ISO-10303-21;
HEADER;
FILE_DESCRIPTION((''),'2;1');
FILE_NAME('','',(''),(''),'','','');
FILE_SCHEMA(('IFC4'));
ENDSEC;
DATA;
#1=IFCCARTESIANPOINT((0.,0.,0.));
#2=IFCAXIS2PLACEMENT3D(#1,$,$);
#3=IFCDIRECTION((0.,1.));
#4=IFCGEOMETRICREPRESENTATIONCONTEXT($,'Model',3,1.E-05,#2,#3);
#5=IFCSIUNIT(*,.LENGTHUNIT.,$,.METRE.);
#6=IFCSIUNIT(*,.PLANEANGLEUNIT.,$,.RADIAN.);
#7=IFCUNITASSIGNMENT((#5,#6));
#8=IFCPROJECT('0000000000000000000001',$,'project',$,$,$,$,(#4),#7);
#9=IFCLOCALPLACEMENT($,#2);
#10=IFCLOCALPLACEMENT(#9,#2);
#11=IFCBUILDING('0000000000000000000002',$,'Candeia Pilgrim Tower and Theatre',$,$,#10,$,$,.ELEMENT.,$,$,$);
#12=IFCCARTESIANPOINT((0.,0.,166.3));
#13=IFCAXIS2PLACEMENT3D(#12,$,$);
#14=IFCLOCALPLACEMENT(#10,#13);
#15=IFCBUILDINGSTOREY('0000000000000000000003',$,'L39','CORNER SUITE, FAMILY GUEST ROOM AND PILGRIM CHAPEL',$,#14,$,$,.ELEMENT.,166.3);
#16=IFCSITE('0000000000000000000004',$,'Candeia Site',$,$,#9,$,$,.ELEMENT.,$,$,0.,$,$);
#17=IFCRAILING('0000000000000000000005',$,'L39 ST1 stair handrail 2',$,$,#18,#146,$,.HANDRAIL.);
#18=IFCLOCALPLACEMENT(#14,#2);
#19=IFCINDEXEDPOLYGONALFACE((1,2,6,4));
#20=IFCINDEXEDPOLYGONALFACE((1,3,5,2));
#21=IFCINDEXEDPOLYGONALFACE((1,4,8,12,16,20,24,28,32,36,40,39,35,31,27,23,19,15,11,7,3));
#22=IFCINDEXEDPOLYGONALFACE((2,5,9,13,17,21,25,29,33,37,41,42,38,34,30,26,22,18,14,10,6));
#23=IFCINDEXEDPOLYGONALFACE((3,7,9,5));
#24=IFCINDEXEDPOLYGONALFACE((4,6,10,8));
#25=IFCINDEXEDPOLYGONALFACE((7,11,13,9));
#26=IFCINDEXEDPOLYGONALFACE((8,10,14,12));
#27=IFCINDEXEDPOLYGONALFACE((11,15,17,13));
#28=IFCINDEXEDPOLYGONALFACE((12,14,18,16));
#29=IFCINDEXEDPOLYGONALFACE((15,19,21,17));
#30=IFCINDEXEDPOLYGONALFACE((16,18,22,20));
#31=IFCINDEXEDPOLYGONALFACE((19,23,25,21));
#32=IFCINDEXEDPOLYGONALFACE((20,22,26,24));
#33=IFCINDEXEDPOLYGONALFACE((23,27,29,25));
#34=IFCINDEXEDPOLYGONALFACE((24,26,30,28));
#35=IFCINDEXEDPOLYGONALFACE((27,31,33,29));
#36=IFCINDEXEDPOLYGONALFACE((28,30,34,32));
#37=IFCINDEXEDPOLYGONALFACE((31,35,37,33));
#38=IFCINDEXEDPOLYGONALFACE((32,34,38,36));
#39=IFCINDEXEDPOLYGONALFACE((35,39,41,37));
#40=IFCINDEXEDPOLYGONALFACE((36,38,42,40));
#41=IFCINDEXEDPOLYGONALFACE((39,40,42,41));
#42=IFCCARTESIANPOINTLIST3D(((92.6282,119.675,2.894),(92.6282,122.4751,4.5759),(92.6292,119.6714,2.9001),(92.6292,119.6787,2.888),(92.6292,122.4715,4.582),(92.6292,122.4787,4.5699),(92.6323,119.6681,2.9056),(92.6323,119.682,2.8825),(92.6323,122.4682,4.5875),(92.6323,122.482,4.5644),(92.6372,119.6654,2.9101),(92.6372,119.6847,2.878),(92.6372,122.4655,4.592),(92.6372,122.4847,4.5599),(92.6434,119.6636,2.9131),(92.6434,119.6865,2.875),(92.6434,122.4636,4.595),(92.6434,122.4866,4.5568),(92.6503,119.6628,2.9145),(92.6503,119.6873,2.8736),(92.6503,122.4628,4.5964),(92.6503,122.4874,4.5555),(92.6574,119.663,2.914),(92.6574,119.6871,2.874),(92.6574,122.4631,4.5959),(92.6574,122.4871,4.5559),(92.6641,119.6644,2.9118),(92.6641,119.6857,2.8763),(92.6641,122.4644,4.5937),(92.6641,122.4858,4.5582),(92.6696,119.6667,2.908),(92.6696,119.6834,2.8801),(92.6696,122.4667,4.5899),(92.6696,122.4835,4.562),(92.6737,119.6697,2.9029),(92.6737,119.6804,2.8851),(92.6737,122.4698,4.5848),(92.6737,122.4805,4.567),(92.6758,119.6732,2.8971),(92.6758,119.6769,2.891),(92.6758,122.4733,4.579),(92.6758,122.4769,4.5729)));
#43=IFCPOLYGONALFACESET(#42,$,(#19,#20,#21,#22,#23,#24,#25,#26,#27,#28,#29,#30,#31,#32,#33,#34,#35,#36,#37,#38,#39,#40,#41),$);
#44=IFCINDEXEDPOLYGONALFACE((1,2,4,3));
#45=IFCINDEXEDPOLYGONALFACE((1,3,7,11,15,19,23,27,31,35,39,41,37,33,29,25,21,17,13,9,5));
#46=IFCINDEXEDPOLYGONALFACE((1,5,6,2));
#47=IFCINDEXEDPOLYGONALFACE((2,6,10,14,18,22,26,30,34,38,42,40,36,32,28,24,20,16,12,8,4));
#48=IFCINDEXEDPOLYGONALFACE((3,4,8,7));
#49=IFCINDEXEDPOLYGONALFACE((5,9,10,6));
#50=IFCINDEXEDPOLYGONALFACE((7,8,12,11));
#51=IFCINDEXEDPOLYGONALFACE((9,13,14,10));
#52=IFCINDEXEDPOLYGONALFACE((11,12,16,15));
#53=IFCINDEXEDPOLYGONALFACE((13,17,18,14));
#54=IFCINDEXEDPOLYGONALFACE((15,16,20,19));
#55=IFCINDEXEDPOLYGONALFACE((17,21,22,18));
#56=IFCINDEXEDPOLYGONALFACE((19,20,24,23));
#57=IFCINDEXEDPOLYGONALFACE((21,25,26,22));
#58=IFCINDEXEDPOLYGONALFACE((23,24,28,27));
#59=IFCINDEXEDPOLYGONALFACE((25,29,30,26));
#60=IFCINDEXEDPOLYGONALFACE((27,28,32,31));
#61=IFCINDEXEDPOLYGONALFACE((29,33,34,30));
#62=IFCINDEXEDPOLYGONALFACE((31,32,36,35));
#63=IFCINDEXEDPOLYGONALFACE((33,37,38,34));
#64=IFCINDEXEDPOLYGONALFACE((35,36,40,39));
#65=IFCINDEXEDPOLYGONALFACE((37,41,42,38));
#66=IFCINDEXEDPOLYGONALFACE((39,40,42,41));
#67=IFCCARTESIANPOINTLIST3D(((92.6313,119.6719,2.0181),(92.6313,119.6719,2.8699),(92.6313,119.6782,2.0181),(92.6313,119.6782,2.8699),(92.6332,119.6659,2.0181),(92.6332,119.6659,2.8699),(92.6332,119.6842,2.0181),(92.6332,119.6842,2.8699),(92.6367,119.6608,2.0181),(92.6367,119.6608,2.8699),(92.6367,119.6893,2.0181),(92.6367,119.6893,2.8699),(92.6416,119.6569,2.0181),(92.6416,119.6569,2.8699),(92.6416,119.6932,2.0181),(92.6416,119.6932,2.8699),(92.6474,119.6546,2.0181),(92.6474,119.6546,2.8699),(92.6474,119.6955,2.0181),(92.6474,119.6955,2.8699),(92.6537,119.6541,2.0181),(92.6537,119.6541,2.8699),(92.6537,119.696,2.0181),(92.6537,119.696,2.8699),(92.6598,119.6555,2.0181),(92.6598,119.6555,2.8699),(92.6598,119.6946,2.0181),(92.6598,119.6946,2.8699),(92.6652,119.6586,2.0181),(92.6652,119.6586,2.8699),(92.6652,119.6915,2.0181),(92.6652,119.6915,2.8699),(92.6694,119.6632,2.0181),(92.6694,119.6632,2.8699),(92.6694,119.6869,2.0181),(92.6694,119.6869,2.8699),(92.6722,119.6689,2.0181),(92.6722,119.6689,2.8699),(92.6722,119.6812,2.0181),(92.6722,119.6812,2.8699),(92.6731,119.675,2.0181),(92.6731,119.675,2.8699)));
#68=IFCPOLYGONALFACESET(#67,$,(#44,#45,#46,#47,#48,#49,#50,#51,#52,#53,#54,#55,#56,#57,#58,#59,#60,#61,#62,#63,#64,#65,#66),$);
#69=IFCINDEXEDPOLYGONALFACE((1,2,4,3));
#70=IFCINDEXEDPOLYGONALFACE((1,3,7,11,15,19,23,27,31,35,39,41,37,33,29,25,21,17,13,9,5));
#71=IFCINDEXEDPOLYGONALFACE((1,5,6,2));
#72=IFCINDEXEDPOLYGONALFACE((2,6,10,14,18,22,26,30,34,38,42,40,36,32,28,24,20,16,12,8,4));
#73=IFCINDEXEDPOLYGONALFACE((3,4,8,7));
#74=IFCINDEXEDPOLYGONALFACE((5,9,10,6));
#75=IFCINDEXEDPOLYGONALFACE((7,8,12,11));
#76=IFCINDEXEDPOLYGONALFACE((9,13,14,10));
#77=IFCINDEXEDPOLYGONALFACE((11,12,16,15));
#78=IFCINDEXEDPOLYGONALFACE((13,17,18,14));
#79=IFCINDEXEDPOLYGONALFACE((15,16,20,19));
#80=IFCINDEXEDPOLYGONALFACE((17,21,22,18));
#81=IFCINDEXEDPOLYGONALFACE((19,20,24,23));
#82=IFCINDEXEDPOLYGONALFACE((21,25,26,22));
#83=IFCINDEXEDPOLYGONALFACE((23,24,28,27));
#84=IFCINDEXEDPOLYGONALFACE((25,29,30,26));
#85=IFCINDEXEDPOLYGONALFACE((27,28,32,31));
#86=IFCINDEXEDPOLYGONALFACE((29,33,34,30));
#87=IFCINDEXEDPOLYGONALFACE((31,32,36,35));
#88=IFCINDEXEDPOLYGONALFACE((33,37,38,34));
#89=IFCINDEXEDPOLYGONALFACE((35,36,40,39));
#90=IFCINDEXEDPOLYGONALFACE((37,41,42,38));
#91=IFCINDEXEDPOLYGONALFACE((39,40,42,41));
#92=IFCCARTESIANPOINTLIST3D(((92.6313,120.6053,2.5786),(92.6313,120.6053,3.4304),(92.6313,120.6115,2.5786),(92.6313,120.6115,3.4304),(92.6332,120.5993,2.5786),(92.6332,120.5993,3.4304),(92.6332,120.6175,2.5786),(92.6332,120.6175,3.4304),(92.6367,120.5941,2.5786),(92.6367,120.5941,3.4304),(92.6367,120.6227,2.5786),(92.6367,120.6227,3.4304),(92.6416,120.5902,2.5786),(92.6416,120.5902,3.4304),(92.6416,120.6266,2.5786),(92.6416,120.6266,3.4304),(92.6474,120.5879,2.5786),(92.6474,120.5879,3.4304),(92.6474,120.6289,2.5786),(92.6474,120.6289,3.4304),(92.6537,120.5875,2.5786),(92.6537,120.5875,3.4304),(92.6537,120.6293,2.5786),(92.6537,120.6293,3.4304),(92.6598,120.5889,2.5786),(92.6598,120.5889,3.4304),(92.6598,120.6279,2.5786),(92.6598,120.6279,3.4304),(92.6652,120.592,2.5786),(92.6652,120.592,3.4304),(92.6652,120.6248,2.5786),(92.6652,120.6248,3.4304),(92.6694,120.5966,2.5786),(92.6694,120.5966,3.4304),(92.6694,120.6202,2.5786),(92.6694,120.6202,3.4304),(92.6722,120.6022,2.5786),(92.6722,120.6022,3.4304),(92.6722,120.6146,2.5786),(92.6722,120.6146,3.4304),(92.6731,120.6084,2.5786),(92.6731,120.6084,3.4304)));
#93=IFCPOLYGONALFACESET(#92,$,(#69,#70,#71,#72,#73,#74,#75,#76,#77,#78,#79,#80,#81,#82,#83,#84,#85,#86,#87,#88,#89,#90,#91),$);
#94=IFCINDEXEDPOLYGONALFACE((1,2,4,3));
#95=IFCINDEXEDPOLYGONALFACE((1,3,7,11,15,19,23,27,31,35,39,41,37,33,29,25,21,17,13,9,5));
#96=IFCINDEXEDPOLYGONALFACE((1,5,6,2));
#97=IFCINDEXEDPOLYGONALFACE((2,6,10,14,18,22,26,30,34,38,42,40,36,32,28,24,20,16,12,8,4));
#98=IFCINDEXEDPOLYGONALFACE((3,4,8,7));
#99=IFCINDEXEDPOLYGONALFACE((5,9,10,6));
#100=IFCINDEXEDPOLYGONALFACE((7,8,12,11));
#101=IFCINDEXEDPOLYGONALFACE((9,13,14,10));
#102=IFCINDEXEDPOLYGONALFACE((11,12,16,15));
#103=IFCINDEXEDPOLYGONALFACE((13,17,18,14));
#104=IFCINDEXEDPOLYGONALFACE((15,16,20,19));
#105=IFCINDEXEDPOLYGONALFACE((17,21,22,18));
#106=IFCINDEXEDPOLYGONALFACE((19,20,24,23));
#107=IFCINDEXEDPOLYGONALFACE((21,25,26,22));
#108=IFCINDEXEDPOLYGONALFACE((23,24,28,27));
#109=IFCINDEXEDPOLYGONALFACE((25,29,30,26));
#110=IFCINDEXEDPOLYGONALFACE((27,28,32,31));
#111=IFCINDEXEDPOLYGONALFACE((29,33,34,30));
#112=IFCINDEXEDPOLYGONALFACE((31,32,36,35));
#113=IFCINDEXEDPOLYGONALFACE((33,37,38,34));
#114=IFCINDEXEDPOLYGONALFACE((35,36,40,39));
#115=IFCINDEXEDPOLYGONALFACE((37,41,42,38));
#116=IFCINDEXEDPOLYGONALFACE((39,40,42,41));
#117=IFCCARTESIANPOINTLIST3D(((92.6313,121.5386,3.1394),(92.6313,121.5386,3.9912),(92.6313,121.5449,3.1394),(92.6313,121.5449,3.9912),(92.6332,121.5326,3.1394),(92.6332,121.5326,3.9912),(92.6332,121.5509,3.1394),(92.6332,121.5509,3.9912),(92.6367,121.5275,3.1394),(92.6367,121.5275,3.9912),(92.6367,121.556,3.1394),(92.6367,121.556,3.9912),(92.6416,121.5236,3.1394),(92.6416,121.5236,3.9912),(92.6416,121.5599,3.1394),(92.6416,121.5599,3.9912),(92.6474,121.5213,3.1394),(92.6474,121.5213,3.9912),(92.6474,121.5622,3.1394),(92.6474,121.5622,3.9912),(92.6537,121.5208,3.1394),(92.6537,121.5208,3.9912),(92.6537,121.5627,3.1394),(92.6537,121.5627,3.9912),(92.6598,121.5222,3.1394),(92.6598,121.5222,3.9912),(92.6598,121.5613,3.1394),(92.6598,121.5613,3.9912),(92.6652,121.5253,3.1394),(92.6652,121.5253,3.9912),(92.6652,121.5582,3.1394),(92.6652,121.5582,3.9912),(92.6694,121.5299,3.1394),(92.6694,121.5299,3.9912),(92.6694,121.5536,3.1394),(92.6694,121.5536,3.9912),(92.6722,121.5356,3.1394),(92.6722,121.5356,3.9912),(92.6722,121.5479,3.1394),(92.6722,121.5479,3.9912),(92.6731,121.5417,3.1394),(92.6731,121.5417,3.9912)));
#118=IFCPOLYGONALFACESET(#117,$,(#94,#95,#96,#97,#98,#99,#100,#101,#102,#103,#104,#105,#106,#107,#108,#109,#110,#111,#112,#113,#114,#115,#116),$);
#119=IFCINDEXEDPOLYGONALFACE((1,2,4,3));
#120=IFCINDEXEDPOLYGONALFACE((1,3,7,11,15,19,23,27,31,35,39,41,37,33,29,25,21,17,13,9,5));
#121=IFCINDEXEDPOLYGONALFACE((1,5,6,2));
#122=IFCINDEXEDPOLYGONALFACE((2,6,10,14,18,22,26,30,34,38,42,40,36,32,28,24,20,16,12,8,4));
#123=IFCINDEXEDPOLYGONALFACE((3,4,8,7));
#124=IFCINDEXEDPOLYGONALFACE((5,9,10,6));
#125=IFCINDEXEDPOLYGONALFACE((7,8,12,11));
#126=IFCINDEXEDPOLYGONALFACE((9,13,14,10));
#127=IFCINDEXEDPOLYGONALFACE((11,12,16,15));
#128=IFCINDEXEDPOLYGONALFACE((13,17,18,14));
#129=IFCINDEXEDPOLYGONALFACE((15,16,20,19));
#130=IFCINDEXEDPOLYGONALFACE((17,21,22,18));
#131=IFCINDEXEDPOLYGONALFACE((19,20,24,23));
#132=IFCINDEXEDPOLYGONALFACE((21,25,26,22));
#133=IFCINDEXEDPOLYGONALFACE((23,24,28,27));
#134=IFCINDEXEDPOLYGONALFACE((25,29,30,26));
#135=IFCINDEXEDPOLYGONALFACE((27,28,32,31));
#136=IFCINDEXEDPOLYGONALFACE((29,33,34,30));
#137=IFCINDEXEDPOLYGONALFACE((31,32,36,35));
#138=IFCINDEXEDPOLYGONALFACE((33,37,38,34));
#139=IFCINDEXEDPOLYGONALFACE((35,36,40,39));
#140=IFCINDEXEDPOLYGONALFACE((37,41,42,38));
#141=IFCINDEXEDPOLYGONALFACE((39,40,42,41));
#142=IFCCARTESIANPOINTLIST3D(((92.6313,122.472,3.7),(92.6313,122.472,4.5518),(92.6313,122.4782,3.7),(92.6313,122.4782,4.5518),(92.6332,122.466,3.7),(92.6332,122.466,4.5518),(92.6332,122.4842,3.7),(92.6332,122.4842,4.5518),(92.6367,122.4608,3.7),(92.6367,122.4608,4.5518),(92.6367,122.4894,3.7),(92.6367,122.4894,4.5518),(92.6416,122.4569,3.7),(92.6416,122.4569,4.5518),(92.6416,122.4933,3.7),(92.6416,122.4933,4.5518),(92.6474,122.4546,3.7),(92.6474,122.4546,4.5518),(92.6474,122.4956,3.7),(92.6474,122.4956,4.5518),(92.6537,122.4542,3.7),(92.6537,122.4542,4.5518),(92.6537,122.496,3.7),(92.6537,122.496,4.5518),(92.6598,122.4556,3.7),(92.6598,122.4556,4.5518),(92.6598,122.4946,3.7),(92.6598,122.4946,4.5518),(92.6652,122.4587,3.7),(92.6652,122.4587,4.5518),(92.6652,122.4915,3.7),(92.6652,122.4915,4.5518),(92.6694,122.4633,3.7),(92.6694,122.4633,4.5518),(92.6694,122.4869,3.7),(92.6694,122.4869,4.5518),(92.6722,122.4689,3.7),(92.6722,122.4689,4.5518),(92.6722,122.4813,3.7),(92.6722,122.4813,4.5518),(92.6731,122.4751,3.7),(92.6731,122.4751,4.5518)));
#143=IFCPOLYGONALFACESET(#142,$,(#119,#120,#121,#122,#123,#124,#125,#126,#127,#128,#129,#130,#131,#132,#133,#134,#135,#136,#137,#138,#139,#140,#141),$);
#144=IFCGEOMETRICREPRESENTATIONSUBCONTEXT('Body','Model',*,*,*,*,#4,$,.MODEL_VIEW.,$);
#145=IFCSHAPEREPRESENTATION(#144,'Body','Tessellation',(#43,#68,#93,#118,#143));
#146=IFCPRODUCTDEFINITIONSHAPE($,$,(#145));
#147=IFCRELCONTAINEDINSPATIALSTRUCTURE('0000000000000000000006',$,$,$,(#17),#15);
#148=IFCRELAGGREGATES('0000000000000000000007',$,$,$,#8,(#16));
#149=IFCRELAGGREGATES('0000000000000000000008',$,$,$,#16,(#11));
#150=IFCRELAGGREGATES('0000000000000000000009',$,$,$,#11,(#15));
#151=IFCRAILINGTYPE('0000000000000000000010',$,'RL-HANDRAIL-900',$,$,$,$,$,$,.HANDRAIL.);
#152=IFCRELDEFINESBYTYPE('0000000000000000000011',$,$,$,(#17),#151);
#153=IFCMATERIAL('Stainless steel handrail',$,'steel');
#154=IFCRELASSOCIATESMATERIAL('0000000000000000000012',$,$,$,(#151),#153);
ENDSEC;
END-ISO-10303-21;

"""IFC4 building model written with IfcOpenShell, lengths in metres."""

from ifc_helpers import new_model, si_unit, direction, frame, origin, origin_2d, place, context, subcontext, project, spatial, circle, extrude, material, type_object, element, save


model = new_model("IFC4")

# Units and contexts
model_context = context("Model", 3, precision=1e-05, world=origin(), true_north=direction((0.0, 1.0)))
body_context = subcontext(model_context, "Body", "Model", "MODEL_VIEW")
ifc_project = project(units=[si_unit("LENGTHUNIT", "METRE"), si_unit("PLANEANGLEUNIT", "RADIAN")], contexts=[model_context])

# Site, building, storey
site_placement = place(None, origin())
site = spatial("IfcSite", under=ifc_project, at=site_placement, Name="Candeia Site", CompositionType="ELEMENT", RefElevation=0.0)
building_placement = place(site_placement, origin())
building = spatial("IfcBuilding", under=site, at=building_placement, Name="Candeia Pilgrim Tower and Theatre", CompositionType="ELEMENT")
storey_placement = place(building_placement, frame((0.0, 0.0, 166.3)))
storey = spatial("IfcBuildingStorey", under=building, at=storey_placement, Name="L39", Description="CORNER SUITE, FAMILY GUEST ROOM AND PILGRIM CHAPEL", CompositionType="ELEMENT", Elevation=166.3)

# Railing
ifc_material_1 = material(Name="Stainless steel handrail", Category="steel")
railing_type_1 = type_object("IfcRailingType", Name="RL-HANDRAIL-900", PredefinedType="HANDRAIL", material=ifc_material_1)
railing_1_placement = place(storey_placement, frame((92.6521, 119.675, 2.0181)))
element("IfcRailing", 1, at=railing_1_placement, inside=storey, type_object=railing_type_1, Name="L39 ST1 stair handrail 2", PredefinedType="HANDRAIL", context=body_context, shape_type="SweptSolid", body=[
    extrude(circle(Radius=0.0239, at=origin_2d()), frame((0.0, 0.0, 0.876), z_axis=(0.0, 0.857242, 0.514913), x_axis=(-1.0, 0.0, 0.0)), (0.0, 0.0, 1.0), 3.2664),
    extrude(circle(Radius=0.021, at=origin_2d()), origin(), (0.0, 0.0, 1.0), 0.8518),
    extrude(circle(Radius=0.021, at=origin_2d()), frame((0.0, 0.9333, 0.5605)), (0.0, 0.0, 1.0), 0.8518),
    extrude(circle(Radius=0.021, at=origin_2d()), frame((0.0, 1.8667, 1.1213)), (0.0, 0.0, 1.0), 0.8518),
    extrude(circle(Radius=0.021, at=origin_2d()), frame((0.0, 2.8, 1.6819)), (0.0, 0.0, 1.0), 0.8518),
])

save(model, "model.ifc")
